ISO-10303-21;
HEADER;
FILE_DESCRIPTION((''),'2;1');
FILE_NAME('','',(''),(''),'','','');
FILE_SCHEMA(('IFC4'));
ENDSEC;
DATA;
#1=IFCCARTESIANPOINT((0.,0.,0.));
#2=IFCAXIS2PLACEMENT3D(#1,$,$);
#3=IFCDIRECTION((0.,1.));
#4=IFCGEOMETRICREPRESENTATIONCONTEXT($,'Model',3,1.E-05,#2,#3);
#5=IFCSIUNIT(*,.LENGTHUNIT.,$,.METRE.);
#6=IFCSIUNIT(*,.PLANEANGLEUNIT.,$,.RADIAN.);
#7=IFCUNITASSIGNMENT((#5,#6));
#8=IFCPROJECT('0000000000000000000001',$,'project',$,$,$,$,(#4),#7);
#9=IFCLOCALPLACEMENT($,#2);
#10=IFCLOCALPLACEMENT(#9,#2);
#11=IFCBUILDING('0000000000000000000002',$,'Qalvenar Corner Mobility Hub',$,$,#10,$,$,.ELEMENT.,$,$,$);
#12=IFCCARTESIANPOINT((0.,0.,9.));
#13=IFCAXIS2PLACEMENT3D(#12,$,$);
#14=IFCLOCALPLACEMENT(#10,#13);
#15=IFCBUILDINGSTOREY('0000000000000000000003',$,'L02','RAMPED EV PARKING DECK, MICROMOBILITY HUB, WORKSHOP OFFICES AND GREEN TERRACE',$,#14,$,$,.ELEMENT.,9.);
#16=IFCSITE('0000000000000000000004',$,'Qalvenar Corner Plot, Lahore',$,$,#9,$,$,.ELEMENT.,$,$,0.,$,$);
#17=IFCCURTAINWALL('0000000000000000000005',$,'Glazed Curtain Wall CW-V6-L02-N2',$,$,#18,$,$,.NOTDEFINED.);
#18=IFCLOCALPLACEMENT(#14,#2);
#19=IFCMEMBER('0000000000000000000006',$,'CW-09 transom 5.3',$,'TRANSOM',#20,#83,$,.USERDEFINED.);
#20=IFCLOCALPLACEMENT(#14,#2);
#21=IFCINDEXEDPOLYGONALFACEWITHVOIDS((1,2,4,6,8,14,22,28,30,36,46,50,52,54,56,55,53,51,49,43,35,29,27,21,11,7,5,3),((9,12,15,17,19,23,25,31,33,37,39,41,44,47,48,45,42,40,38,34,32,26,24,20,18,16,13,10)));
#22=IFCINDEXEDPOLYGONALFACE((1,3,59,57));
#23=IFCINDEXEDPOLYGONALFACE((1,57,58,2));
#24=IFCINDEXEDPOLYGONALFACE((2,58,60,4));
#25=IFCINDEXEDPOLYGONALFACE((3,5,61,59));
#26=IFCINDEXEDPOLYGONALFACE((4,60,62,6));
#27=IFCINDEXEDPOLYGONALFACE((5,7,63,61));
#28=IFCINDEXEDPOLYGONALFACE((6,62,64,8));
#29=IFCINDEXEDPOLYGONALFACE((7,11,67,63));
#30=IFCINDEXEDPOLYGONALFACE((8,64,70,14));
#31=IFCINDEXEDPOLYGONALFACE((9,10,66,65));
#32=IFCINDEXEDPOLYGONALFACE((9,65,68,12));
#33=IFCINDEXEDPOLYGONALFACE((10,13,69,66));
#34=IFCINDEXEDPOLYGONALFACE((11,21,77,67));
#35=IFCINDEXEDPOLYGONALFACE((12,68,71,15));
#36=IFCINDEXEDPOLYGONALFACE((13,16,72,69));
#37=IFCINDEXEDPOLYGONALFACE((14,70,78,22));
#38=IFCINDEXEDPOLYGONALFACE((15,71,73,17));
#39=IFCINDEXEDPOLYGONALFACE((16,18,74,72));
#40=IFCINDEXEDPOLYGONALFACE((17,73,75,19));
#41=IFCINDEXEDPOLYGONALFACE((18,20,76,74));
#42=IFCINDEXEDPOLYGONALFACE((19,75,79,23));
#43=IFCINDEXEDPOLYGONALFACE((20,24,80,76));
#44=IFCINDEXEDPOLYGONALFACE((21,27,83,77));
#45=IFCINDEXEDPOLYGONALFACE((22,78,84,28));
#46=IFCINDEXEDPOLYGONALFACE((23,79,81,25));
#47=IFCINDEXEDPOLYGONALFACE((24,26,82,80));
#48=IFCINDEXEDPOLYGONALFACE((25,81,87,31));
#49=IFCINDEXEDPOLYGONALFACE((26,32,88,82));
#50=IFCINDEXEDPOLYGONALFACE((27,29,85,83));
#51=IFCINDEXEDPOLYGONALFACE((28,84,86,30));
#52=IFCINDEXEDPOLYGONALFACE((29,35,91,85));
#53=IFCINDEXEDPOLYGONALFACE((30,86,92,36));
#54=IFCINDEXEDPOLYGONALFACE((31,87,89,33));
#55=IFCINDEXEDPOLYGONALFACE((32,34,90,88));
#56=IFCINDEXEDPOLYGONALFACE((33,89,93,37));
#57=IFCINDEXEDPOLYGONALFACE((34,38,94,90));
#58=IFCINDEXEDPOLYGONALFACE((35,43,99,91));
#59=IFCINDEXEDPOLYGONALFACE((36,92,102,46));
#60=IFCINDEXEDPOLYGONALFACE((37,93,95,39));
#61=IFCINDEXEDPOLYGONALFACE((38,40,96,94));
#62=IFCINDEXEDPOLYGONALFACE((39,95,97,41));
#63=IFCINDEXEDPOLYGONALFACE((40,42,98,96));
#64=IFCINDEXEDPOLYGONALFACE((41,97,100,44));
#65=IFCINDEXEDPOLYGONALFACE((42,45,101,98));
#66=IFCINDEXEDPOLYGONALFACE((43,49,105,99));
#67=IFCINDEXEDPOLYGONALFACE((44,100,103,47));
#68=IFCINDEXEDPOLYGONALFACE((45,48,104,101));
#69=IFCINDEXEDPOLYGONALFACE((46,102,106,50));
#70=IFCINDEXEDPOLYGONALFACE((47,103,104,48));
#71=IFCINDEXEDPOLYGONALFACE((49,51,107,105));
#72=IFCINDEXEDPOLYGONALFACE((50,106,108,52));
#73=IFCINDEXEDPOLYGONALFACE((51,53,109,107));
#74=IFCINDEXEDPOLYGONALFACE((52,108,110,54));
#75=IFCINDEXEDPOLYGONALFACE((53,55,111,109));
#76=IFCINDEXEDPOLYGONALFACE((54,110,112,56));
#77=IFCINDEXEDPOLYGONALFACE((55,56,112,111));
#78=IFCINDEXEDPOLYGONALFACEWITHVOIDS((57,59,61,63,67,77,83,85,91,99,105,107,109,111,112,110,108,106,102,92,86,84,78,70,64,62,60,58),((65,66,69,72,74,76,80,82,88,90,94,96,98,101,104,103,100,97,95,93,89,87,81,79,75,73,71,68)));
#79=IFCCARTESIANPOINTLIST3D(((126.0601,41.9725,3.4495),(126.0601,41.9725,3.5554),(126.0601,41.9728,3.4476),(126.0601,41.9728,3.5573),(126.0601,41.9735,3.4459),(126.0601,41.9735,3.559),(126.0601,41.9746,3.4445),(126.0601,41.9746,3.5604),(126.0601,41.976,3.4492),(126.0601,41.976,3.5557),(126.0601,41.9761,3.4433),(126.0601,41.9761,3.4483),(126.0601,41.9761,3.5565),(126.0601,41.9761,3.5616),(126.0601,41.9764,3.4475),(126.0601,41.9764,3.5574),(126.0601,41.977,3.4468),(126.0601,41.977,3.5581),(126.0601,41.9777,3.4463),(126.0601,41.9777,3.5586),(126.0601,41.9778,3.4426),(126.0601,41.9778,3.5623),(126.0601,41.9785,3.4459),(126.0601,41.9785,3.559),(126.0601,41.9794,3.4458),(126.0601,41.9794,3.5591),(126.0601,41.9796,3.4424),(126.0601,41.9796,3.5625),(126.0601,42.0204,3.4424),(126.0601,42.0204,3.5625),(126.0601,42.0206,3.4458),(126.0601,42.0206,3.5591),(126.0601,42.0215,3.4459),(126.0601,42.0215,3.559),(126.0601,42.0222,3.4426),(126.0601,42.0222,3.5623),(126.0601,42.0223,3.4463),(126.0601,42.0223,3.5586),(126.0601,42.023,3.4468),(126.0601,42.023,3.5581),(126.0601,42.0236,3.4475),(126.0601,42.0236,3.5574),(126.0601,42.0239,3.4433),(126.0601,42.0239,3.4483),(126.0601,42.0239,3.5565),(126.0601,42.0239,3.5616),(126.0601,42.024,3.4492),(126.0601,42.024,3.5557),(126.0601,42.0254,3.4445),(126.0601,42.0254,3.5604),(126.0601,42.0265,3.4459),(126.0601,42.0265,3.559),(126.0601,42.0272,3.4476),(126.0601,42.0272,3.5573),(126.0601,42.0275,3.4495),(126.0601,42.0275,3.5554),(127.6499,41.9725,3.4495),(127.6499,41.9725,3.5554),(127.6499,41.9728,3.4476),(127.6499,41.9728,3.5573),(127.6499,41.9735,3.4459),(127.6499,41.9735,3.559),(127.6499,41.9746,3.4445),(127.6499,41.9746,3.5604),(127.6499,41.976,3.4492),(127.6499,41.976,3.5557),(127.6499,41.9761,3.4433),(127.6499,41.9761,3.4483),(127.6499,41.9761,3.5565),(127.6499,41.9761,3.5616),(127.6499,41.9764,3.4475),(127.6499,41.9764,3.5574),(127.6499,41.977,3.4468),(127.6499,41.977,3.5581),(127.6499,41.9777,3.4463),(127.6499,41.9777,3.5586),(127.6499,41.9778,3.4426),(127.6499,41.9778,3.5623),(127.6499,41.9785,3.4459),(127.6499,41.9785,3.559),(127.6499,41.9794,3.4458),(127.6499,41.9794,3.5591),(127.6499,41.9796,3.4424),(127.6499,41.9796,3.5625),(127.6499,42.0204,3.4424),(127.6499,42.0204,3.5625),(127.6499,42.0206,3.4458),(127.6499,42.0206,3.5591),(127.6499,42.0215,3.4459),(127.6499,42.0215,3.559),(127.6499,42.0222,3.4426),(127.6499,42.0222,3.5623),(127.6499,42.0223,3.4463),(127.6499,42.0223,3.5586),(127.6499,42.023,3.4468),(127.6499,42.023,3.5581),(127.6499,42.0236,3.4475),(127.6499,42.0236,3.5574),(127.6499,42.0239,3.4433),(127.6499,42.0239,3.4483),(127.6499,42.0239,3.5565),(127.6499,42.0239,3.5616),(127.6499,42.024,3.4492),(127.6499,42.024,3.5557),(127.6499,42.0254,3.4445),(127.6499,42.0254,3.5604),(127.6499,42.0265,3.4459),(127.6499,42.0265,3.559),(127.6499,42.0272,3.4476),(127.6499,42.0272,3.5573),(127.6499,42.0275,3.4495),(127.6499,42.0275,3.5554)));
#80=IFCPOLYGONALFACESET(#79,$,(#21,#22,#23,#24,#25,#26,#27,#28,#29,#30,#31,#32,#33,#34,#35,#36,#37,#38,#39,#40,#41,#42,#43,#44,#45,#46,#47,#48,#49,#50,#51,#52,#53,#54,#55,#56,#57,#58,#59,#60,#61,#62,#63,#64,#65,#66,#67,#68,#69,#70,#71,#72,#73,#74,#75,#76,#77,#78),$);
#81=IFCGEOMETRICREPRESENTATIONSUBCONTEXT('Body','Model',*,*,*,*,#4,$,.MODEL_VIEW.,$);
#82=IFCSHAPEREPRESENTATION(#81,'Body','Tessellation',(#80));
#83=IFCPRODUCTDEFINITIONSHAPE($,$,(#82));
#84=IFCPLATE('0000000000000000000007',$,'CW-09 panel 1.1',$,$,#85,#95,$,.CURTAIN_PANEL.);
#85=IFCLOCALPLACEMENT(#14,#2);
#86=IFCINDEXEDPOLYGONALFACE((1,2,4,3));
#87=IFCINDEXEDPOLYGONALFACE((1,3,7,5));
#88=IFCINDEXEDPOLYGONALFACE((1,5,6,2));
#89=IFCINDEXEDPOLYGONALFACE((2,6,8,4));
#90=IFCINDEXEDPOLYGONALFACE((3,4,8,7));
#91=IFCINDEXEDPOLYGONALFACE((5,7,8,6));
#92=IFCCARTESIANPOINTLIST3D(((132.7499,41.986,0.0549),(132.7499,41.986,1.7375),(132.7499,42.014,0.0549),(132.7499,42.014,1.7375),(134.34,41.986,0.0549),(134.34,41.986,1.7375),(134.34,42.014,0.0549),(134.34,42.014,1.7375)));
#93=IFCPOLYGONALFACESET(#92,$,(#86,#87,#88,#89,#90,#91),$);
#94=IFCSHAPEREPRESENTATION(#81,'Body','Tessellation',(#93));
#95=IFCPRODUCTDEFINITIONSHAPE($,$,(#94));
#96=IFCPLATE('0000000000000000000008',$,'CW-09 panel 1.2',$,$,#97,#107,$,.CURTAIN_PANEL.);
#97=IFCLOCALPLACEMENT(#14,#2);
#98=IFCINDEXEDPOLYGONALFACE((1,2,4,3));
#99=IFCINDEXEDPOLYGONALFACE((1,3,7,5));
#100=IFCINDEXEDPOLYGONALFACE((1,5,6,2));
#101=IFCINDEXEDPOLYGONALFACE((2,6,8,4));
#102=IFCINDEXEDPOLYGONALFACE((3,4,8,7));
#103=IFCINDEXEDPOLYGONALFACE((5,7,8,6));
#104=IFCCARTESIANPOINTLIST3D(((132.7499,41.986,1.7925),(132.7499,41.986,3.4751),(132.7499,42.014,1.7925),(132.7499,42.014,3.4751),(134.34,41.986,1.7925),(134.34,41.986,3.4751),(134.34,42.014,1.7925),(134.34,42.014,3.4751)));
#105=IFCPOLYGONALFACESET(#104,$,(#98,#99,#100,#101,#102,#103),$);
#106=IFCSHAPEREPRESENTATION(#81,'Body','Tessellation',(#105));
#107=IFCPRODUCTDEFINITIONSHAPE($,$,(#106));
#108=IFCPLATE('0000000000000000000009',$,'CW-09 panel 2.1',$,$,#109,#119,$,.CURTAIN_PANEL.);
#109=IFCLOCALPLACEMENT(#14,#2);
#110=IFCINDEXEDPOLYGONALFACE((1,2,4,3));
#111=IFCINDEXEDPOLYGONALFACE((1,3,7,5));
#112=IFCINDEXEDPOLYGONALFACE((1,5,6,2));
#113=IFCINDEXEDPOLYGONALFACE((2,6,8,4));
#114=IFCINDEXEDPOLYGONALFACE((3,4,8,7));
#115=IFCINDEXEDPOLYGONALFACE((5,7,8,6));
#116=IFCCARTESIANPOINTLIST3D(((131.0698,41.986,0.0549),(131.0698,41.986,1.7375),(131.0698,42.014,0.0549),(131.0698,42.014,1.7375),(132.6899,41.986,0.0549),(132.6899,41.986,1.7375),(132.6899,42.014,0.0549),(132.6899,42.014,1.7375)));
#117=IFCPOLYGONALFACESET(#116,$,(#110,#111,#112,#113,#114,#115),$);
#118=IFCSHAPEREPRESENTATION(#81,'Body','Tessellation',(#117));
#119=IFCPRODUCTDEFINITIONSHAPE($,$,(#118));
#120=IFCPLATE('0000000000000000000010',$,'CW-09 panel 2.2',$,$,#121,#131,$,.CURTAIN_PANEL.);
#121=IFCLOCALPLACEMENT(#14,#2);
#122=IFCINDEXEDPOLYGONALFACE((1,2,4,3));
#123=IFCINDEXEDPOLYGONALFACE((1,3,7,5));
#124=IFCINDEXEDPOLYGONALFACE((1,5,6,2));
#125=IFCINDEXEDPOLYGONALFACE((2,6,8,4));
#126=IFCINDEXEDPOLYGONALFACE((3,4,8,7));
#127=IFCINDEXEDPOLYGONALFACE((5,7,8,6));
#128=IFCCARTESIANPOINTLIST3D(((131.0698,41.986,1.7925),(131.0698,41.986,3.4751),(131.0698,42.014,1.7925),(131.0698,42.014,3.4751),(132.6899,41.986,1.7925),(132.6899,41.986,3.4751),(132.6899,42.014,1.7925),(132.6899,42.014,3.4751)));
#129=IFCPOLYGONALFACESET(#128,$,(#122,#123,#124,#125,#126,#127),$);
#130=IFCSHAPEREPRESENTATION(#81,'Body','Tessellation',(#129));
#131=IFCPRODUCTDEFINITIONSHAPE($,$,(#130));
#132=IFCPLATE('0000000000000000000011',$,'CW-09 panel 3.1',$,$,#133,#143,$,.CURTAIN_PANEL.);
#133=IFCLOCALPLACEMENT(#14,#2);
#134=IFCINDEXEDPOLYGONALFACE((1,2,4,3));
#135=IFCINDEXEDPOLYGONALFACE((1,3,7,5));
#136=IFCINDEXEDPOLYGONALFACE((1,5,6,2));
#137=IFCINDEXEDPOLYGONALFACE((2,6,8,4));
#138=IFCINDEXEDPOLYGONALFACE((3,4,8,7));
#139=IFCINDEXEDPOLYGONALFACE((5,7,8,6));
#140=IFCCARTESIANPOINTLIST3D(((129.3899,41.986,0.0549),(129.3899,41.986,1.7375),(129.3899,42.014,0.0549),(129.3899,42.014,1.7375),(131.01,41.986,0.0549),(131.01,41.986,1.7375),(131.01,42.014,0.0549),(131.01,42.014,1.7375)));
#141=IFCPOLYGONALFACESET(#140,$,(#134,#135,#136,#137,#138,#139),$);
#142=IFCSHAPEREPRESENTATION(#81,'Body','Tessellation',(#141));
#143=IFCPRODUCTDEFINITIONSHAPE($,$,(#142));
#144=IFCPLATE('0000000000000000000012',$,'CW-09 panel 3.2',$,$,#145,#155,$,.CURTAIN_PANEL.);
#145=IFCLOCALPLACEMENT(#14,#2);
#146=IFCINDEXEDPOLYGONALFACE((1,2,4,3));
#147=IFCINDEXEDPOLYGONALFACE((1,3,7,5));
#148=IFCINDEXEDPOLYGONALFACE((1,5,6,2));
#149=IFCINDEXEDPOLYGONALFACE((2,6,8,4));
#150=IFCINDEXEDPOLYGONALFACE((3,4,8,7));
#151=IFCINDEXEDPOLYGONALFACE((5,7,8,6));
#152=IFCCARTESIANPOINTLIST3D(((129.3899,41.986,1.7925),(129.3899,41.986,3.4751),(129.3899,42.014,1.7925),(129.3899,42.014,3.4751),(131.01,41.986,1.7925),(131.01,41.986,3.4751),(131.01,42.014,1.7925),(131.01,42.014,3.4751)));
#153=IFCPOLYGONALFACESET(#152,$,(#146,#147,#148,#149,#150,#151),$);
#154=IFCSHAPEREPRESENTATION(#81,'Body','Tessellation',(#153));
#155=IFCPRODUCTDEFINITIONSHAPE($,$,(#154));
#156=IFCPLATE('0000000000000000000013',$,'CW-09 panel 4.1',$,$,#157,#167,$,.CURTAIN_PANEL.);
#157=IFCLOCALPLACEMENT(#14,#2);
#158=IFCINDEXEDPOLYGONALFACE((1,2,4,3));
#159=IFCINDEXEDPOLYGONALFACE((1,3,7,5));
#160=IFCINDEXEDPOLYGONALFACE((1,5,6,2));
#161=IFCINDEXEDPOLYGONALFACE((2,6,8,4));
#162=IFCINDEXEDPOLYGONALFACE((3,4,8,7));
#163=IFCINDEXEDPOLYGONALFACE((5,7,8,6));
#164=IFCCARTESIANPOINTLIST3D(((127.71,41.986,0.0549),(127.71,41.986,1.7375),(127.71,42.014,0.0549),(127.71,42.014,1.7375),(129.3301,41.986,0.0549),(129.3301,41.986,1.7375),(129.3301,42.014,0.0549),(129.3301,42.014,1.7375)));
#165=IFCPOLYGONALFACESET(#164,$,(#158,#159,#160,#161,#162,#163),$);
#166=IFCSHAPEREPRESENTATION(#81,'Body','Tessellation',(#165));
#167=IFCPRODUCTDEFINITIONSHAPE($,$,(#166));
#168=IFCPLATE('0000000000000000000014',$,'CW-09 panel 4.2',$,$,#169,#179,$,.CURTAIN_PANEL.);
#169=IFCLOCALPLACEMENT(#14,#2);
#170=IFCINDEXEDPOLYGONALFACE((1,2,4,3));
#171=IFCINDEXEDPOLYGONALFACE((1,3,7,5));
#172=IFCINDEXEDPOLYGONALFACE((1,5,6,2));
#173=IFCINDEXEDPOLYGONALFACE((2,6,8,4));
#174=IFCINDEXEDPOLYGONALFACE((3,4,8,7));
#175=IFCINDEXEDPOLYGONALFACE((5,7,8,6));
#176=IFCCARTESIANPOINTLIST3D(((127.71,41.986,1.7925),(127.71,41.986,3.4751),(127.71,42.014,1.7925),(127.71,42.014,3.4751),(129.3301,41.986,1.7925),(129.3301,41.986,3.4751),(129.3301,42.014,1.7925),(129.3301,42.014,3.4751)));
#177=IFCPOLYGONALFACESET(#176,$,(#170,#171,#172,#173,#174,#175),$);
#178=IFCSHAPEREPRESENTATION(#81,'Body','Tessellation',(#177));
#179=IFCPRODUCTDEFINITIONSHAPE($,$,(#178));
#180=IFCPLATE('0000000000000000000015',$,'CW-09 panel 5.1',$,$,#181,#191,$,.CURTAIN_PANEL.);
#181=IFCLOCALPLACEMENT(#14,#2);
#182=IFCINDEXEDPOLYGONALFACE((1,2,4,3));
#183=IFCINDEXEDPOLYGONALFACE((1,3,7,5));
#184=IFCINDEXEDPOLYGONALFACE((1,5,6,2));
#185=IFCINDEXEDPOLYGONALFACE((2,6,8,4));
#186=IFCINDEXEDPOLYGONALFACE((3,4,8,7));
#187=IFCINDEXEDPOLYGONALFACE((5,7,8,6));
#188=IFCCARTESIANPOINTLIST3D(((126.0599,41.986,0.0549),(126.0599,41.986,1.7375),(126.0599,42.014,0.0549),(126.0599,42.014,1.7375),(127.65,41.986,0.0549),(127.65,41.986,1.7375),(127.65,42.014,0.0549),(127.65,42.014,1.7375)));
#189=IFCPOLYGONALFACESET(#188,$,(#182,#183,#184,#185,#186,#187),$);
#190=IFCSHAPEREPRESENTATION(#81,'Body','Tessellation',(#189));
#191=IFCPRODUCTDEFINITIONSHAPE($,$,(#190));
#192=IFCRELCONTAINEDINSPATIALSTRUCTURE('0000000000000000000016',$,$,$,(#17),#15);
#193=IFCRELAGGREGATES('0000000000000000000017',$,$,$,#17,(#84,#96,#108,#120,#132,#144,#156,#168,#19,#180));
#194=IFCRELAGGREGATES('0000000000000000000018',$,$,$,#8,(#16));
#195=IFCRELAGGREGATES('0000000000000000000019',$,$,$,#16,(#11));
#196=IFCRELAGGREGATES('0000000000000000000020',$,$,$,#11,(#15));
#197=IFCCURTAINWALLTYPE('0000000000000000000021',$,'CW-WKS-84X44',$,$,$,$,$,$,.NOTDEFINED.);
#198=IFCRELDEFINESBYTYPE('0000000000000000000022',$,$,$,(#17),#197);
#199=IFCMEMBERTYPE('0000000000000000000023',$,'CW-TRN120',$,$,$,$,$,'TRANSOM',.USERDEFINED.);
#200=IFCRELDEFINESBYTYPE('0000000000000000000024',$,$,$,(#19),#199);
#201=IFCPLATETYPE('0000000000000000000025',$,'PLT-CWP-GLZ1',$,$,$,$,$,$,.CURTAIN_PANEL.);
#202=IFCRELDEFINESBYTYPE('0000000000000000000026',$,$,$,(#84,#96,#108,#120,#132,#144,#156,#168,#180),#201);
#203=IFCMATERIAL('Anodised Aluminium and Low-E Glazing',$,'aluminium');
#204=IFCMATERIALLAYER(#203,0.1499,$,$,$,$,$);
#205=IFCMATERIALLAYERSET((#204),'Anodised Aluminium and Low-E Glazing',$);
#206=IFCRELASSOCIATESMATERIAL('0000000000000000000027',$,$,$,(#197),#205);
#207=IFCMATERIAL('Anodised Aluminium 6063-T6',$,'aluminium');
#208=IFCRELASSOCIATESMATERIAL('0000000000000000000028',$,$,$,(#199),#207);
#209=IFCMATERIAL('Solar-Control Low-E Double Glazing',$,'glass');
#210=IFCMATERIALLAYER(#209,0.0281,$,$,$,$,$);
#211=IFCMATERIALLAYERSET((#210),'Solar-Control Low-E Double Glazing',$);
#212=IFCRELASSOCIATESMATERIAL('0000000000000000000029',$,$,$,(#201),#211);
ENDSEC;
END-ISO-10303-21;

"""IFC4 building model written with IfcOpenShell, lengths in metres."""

from ifc_helpers import new_model, si_unit, direction, frame, origin, origin_2d, place, context, subcontext, project, spatial, rectangle, hollow_rectangle, extrude, material, layer, layer_set, material_profile, profile_set, type_object, element, aggregate, save


model = new_model("IFC4")

# Units and contexts
model_context = context("Model", 3, precision=1e-05, world=origin(), true_north=direction((0.0, 1.0)))
body_context = subcontext(model_context, "Body", "Model", "MODEL_VIEW")
ifc_project = project(units=[si_unit("LENGTHUNIT", "METRE"), si_unit("PLANEANGLEUNIT", "RADIAN")], contexts=[model_context])

# Site, building, storey
site_placement = place(None, origin())
site = spatial("IfcSite", under=ifc_project, at=site_placement, Name="Qalvenar Corner Plot, Lahore", CompositionType="ELEMENT", RefElevation=0.0)
building_placement = place(site_placement, origin())
building = spatial("IfcBuilding", under=site, at=building_placement, Name="Qalvenar Corner Mobility Hub", CompositionType="ELEMENT")
storey_placement = place(building_placement, frame((0.0, 0.0, 9.0)))
storey = spatial("IfcBuildingStorey", under=building, at=storey_placement, Name="L02", Description="RAMPED EV PARKING DECK, MICROMOBILITY HUB, WORKSHOP OFFICES AND GREEN TERRACE", CompositionType="ELEMENT", Elevation=9.0)

# Curtain wall, member, plates
ifc_material_1 = material(Name="Anodised Aluminium and Low-E Glazing", Category="aluminium")
ifc_layer_1 = layer(ifc_material_1, 0.1499)
ifc_layer_set_1 = layer_set([ifc_layer_1], Name="Anodised Aluminium and Low-E Glazing")
curtain_wall_type = type_object("IfcCurtainWallType", Name="CW-WKS-84X44", PredefinedType="NOTDEFINED", material=ifc_layer_set_1)
curtain_wall_placement = place(storey_placement, origin())
curtain_wall = element("IfcCurtainWall", 1, at=curtain_wall_placement, inside=storey, type_object=curtain_wall_type, Name="Glazed Curtain Wall CW-V6-L02-N2", PredefinedType="NOTDEFINED")
ifc_material_2 = material(Name="Anodised Aluminium 6063-T6", Category="aluminium")
ifc_material_profile_1 = material_profile(ifc_material_2, hollow_rectangle(XDim=0.0549, YDim=0.1201, WallThickness=0.0034, InnerFilletRadius=0.0034, OuterFilletRadius=0.0071, at=origin_2d()), Name="RHS120x55x3.5")
ifc_profile_set_1 = profile_set([ifc_material_profile_1], Name="Anodised Aluminium 6063-T6")
member_type_1 = type_object("IfcMemberType", Name="CW-TRN120", ElementType="TRANSOM", PredefinedType="USERDEFINED", material=ifc_profile_set_1)
member_1_placement = place(storey_placement, frame((127.6499, 42.0, 3.5024), z_axis=(-1.0, 0.0, 0.0), x_axis=(0.0, -1.0, 0.0)))
member_1 = element("IfcMember", 2, at=member_1_placement, type_object=member_type_1, Name="CW-09 transom 5.3", ObjectType="TRANSOM", PredefinedType="USERDEFINED", context=body_context, shape_type="SweptSolid", body=[
    extrude(hollow_rectangle(XDim=0.0549, YDim=0.1201, WallThickness=0.0034, InnerFilletRadius=0.0034, OuterFilletRadius=0.0071, at=origin_2d()), origin(), (0.0, 0.0, 1.0), 1.5898),
])
ifc_material_3 = material(Name="Solar-Control Low-E Double Glazing", Category="glass")
ifc_layer_2 = layer(ifc_material_3, 0.0281)
ifc_layer_set_2 = layer_set([ifc_layer_2], Name="Solar-Control Low-E Double Glazing")
plate_type = type_object("IfcPlateType", Name="PLT-CWP-GLZ1", PredefinedType="CURTAIN_PANEL", material=ifc_layer_set_2)
plate_1_placement = place(storey_placement, frame((133.5449, 42.0, 0.0549), z_axis=(0.0, 0.0, 1.0), x_axis=(-1.0, 0.0, 0.0)))
plate_1 = element("IfcPlate", 3, at=plate_1_placement, type_object=plate_type, Name="CW-09 panel 1.1", PredefinedType="CURTAIN_PANEL", context=body_context, shape_type="SweptSolid", body=[
    extrude(rectangle(XDim=1.5901, YDim=0.0281, at=origin_2d()), origin(), (0.0, 0.0, 1.0), 1.6826),
])
plate_2_placement = place(storey_placement, frame((133.5449, 42.0, 1.7925), z_axis=(0.0, 0.0, 1.0), x_axis=(-1.0, 0.0, 0.0)))
plate_2 = element("IfcPlate", 4, at=plate_2_placement, type_object=plate_type, Name="CW-09 panel 1.2", PredefinedType="CURTAIN_PANEL", context=body_context, shape_type="SweptSolid", body=[
    extrude(rectangle(XDim=1.5901, YDim=0.0281, at=origin_2d()), origin(), (0.0, 0.0, 1.0), 1.6826),
])
plate_3_placement = place(storey_placement, frame((131.8799, 42.0, 0.0549), z_axis=(0.0, 0.0, 1.0), x_axis=(-1.0, 0.0, 0.0)))
plate_3 = element("IfcPlate", 5, at=plate_3_placement, type_object=plate_type, Name="CW-09 panel 2.1", PredefinedType="CURTAIN_PANEL", context=body_context, shape_type="SweptSolid", body=[
    extrude(rectangle(XDim=1.6201, YDim=0.0281, at=origin_2d()), origin(), (0.0, 0.0, 1.0), 1.6826),
])
plate_4_placement = place(storey_placement, frame((131.8799, 42.0, 1.7925), z_axis=(0.0, 0.0, 1.0), x_axis=(-1.0, 0.0, 0.0)))
plate_4 = element("IfcPlate", 6, at=plate_4_placement, type_object=plate_type, Name="CW-09 panel 2.2", PredefinedType="CURTAIN_PANEL", context=body_context, shape_type="SweptSolid", body=[
    extrude(rectangle(XDim=1.6201, YDim=0.0281, at=origin_2d()), origin(), (0.0, 0.0, 1.0), 1.6826),
])
plate_5_placement = place(storey_placement, frame((130.2, 42.0, 0.0549), z_axis=(0.0, 0.0, 1.0), x_axis=(-1.0, 0.0, 0.0)))
plate_5 = element("IfcPlate", 7, at=plate_5_placement, type_object=plate_type, Name="CW-09 panel 3.1", PredefinedType="CURTAIN_PANEL", context=body_context, shape_type="SweptSolid", body=[
    extrude(rectangle(XDim=1.6201, YDim=0.0281, at=origin_2d()), origin(), (0.0, 0.0, 1.0), 1.6826),
])
plate_6_placement = place(storey_placement, frame((130.2, 42.0, 1.7925), z_axis=(0.0, 0.0, 1.0), x_axis=(-1.0, 0.0, 0.0)))
plate_6 = element("IfcPlate", 8, at=plate_6_placement, type_object=plate_type, Name="CW-09 panel 3.2", PredefinedType="CURTAIN_PANEL", context=body_context, shape_type="SweptSolid", body=[
    extrude(rectangle(XDim=1.6201, YDim=0.0281, at=origin_2d()), origin(), (0.0, 0.0, 1.0), 1.6826),
])
plate_7_placement = place(storey_placement, frame((128.52, 42.0, 0.0549), z_axis=(0.0, 0.0, 1.0), x_axis=(-1.0, 0.0, 0.0)))
plate_7 = element("IfcPlate", 9, at=plate_7_placement, type_object=plate_type, Name="CW-09 panel 4.1", PredefinedType="CURTAIN_PANEL", context=body_context, shape_type="SweptSolid", body=[
    extrude(rectangle(XDim=1.6201, YDim=0.0281, at=origin_2d()), origin(), (0.0, 0.0, 1.0), 1.6826),
])
plate_8_placement = place(storey_placement, frame((128.52, 42.0, 1.7925), z_axis=(0.0, 0.0, 1.0), x_axis=(-1.0, 0.0, 0.0)))
plate_8 = element("IfcPlate", 10, at=plate_8_placement, type_object=plate_type, Name="CW-09 panel 4.2", PredefinedType="CURTAIN_PANEL", context=body_context, shape_type="SweptSolid", body=[
    extrude(rectangle(XDim=1.6201, YDim=0.0281, at=origin_2d()), origin(), (0.0, 0.0, 1.0), 1.6826),
])
plate_9_placement = place(storey_placement, frame((126.855, 42.0, 0.0549), z_axis=(0.0, 0.0, 1.0), x_axis=(-1.0, 0.0, 0.0)))
plate_9 = element("IfcPlate", 11, at=plate_9_placement, type_object=plate_type, Name="CW-09 panel 5.1", PredefinedType="CURTAIN_PANEL", context=body_context, shape_type="SweptSolid", body=[
    extrude(rectangle(XDim=1.5901, YDim=0.0281, at=origin_2d()), origin(), (0.0, 0.0, 1.0), 1.6826),
])
aggregate(curtain_wall, [plate_1, plate_2, plate_3, plate_4, plate_5, plate_6, plate_7, plate_8, member_1, plate_9])

save(model, "model.ifc")
